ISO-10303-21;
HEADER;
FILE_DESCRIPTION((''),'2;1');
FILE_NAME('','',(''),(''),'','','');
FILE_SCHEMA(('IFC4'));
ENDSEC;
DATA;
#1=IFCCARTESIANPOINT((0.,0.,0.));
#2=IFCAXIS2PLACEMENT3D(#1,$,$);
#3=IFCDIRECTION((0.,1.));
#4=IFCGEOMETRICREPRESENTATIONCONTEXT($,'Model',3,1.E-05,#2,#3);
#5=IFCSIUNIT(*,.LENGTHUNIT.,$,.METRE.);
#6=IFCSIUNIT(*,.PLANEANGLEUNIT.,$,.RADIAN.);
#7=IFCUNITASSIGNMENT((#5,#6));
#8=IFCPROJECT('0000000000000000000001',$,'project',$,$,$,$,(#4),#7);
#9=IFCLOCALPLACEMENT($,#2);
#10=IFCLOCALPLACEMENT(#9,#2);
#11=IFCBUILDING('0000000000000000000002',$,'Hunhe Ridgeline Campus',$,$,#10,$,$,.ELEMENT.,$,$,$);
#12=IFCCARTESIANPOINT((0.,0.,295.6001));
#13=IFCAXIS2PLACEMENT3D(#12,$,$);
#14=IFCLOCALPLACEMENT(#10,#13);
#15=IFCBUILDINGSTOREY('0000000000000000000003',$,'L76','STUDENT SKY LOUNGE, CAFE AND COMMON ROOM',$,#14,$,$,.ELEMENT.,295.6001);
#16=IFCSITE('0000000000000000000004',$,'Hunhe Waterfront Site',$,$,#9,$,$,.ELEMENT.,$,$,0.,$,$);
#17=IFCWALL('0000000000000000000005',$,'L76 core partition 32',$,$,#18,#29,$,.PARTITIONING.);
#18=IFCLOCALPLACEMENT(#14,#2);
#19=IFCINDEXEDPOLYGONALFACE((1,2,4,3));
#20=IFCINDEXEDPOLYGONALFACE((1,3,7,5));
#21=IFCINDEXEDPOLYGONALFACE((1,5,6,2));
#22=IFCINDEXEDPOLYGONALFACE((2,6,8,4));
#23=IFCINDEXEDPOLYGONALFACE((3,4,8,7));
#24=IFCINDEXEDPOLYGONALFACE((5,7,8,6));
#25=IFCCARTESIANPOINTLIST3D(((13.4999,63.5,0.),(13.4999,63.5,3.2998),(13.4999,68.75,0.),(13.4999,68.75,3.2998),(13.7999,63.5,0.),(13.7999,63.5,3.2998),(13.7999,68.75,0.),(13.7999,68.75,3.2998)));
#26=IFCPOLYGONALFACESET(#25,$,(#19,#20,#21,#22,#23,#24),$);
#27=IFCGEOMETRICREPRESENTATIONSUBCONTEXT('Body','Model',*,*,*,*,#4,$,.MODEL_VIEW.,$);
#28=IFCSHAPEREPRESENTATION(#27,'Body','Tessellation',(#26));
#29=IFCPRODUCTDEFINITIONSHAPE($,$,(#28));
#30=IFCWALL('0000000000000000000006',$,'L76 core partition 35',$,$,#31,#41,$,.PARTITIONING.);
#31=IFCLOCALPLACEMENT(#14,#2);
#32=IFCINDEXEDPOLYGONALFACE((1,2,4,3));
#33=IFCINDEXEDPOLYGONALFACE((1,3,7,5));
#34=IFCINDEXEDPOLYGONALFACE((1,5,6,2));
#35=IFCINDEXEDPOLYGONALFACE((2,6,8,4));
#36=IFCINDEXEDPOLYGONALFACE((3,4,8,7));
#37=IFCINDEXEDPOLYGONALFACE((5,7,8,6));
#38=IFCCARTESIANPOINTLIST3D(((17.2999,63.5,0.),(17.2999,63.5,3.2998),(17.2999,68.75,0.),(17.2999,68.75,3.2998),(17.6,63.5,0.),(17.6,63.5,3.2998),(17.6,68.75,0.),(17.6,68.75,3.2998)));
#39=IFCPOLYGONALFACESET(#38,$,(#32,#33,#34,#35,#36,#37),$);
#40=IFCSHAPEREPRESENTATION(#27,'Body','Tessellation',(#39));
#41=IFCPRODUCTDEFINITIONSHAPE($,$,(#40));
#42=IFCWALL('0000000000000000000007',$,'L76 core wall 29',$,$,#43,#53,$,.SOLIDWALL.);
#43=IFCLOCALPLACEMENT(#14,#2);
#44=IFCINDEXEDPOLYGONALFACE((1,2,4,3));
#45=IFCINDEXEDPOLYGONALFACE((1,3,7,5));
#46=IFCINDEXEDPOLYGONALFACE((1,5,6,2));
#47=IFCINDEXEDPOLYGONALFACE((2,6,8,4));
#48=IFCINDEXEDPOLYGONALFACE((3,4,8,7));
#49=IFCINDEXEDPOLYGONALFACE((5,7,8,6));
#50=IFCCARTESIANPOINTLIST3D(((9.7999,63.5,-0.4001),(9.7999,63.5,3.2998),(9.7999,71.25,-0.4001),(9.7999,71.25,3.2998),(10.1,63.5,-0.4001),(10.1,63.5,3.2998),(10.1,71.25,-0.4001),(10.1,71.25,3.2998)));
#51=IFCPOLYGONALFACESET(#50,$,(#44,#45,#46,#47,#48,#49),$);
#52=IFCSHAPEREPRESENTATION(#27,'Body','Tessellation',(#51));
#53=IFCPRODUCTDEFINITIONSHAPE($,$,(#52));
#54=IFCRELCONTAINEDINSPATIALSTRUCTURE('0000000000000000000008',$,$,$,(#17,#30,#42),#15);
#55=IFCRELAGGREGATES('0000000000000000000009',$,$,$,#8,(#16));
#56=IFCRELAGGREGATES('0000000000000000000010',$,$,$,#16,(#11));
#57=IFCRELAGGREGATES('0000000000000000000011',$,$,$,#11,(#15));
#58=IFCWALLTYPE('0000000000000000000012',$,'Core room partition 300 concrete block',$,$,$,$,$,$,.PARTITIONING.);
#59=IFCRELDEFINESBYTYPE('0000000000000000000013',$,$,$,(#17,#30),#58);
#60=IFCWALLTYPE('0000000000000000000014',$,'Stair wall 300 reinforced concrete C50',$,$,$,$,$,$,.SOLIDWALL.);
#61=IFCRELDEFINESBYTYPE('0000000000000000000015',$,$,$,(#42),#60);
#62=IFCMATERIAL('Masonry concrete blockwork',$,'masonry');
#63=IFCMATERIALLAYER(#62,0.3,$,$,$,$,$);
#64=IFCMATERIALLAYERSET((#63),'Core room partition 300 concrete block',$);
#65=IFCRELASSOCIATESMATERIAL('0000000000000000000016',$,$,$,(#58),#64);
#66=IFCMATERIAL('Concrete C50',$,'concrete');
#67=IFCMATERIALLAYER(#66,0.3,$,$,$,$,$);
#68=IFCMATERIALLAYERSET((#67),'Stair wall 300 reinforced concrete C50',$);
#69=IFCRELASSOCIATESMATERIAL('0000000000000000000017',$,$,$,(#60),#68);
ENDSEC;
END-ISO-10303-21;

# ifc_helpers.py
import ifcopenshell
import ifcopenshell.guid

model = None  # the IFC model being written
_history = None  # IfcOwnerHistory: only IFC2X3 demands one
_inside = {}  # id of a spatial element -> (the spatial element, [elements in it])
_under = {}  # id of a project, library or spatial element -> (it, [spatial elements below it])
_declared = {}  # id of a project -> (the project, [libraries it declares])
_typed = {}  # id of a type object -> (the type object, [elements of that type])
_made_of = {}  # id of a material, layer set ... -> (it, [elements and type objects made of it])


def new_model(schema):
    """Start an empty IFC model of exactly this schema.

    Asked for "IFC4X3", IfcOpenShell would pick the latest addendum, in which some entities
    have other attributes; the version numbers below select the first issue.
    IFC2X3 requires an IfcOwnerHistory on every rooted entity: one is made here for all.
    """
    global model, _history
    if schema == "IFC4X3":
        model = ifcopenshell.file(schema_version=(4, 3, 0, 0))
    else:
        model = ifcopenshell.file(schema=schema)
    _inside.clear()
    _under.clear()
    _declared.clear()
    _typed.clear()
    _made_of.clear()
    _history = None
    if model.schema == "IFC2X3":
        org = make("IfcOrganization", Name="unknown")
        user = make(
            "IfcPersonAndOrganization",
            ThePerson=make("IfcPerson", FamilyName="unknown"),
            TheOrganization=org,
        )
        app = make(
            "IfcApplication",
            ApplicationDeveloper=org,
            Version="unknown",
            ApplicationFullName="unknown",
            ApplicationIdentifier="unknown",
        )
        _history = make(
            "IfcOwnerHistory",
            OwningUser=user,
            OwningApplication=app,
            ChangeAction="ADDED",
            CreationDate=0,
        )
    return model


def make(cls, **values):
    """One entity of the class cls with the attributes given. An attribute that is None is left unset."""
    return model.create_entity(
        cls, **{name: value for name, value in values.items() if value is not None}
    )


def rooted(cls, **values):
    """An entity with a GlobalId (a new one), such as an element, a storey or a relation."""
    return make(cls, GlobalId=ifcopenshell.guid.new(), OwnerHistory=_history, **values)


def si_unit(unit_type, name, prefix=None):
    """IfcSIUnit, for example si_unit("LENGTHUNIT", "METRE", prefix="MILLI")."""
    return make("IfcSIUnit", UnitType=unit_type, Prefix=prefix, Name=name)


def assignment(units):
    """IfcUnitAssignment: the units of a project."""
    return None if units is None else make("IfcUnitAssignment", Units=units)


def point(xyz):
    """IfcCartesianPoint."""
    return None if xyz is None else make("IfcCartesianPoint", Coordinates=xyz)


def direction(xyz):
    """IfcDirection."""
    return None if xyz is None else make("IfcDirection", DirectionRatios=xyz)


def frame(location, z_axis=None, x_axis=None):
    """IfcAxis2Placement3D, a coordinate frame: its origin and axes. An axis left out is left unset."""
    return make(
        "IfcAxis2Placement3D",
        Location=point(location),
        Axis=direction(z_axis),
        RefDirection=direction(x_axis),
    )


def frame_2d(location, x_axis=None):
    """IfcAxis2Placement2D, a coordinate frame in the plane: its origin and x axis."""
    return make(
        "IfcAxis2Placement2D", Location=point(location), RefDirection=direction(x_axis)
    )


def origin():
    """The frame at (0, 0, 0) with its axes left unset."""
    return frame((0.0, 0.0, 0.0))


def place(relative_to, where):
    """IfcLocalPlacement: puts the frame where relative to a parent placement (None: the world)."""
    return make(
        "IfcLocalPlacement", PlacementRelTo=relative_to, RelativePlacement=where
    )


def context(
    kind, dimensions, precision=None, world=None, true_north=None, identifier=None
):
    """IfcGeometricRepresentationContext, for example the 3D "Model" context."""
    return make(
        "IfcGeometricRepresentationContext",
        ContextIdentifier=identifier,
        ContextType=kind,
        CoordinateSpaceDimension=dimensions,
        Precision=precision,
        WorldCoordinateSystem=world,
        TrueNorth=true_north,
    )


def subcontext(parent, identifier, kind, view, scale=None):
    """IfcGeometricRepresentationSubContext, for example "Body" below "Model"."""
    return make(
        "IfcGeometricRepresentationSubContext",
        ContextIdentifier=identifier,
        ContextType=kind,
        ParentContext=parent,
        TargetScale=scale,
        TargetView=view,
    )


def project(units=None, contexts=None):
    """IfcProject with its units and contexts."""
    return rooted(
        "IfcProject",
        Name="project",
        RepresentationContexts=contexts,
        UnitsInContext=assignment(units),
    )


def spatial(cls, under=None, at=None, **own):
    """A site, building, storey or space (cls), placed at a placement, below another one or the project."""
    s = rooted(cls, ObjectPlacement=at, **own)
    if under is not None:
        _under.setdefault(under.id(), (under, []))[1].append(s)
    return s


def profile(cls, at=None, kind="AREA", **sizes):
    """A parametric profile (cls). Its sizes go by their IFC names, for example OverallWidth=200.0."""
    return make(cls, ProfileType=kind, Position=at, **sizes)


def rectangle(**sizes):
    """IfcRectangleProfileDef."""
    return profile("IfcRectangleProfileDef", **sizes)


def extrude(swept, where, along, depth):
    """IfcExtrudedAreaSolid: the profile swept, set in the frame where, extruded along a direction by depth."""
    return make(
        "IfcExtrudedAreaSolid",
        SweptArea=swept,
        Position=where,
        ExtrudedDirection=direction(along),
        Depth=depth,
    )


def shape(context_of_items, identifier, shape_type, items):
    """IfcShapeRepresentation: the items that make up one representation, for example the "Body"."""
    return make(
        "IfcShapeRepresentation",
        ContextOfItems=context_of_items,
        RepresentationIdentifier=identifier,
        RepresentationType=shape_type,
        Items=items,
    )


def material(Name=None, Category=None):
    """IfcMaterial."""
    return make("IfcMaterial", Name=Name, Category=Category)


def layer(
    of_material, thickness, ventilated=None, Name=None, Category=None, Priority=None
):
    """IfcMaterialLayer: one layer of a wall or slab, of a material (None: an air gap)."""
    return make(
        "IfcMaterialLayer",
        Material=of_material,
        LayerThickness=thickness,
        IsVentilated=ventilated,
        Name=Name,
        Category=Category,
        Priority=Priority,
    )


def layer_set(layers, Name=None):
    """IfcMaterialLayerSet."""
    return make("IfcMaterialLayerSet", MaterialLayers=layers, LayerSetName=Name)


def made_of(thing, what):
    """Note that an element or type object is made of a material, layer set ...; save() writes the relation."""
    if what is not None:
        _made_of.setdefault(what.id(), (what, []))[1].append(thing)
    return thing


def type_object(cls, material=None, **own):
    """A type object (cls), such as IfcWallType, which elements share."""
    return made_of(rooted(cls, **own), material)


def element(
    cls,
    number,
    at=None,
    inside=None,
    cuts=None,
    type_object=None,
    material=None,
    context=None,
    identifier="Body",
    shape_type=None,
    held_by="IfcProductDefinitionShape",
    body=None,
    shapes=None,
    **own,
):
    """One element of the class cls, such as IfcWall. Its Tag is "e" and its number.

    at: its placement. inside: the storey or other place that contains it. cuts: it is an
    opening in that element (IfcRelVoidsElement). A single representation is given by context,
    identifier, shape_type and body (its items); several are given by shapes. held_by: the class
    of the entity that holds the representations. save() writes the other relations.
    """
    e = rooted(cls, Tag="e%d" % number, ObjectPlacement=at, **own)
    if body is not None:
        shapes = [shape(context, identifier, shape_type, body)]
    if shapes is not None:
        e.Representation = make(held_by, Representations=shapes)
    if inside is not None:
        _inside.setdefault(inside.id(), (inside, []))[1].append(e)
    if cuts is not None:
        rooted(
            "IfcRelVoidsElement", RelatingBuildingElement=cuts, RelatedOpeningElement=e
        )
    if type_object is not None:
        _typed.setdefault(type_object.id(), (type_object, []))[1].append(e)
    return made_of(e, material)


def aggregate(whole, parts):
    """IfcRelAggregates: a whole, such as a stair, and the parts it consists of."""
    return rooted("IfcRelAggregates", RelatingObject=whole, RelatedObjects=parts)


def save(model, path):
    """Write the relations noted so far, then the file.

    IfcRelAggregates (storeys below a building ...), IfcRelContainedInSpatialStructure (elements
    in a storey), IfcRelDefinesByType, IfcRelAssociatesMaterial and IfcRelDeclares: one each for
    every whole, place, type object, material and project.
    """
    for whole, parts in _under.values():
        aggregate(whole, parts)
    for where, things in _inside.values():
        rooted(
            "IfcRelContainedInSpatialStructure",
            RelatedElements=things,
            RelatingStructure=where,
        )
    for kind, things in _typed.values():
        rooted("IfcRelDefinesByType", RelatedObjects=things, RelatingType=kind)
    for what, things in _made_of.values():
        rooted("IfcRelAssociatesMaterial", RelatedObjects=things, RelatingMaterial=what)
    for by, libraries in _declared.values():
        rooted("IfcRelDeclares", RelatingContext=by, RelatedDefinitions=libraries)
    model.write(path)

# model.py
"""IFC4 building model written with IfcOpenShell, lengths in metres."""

from ifc_helpers import new_model, si_unit, direction, frame, frame_2d, origin, place, context, subcontext, project, spatial, rectangle, extrude, material, layer, layer_set, type_object, element, save


model = new_model("IFC4")

# Units and contexts
model_context = context("Model", 3, precision=1e-05, world=origin(), true_north=direction((0.0, 1.0)))
body_context = subcontext(model_context, "Body", "Model", "MODEL_VIEW")
ifc_project = project(units=[si_unit("LENGTHUNIT", "METRE"), si_unit("PLANEANGLEUNIT", "RADIAN")], contexts=[model_context])

# Site, building, storey
site_placement = place(None, origin())
site = spatial("IfcSite", under=ifc_project, at=site_placement, Name="Hunhe Waterfront Site", CompositionType="ELEMENT", RefElevation=0.0)
building_placement = place(site_placement, origin())
building = spatial("IfcBuilding", under=site, at=building_placement, Name="Hunhe Ridgeline Campus", CompositionType="ELEMENT")
storey_placement = place(building_placement, frame((0.0, 0.0, 295.6001)))
storey = spatial("IfcBuildingStorey", under=building, at=storey_placement, Name="L76", Description="STUDENT SKY LOUNGE, CAFE AND COMMON ROOM", CompositionType="ELEMENT", Elevation=295.6001)

# Shared definitions
ifc_material_1 = material(Name="Masonry concrete blockwork", Category="masonry")
ifc_layer_1 = layer(ifc_material_1, 0.3)
ifc_layer_set_1 = layer_set([ifc_layer_1], Name="Core room partition 300 concrete block")
wall_type_1 = type_object("IfcWallType", Name="Core room partition 300 concrete block", PredefinedType="PARTITIONING", material=ifc_layer_set_1)

# Walls
for number, where, z_axis, x_axis, name in (
    (1, (13.6499, 63.5, 0.0), (0.0, 0.0, 1.0), (0.0, 1.0, 0.0), "L76 core partition 32"),
    (2, (17.45, 63.5, 0.0), (0.0, 0.0, 1.0), (0.0, 1.0, 0.0), "L76 core partition 35"),
):
    element("IfcWall", number, at=place(storey_placement, frame(where, z_axis=z_axis, x_axis=x_axis)), inside=storey, type_object=wall_type_1, Name=name, PredefinedType="PARTITIONING", context=body_context, shape_type="SweptSolid", body=[
        extrude(rectangle(XDim=5.25, YDim=0.3, at=frame_2d((2.625, 0.0))), origin(), (0.0, 0.0, 1.0), 3.2998),
    ])

# Wall
ifc_material_2 = material(Name="Concrete C50", Category="concrete")
ifc_layer_2 = layer(ifc_material_2, 0.3)
ifc_layer_set_2 = layer_set([ifc_layer_2], Name="Stair wall 300 reinforced concrete C50")
wall_type_2 = type_object("IfcWallType", Name="Stair wall 300 reinforced concrete C50", PredefinedType="SOLIDWALL", material=ifc_layer_set_2)
wall_1_placement = place(storey_placement, frame((9.95, 63.5, -0.4001), z_axis=(0.0, 0.0, 1.0), x_axis=(0.0, 1.0, 0.0)))
element("IfcWall", 3, at=wall_1_placement, inside=storey, type_object=wall_type_2, Name="L76 core wall 29", PredefinedType="SOLIDWALL", context=body_context, shape_type="SweptSolid", body=[
    extrude(rectangle(XDim=7.75, YDim=0.3, at=frame_2d((3.875, 0.0))), origin(), (0.0, 0.0, 1.0), 3.7),
])

save(model, "model.ifc")
